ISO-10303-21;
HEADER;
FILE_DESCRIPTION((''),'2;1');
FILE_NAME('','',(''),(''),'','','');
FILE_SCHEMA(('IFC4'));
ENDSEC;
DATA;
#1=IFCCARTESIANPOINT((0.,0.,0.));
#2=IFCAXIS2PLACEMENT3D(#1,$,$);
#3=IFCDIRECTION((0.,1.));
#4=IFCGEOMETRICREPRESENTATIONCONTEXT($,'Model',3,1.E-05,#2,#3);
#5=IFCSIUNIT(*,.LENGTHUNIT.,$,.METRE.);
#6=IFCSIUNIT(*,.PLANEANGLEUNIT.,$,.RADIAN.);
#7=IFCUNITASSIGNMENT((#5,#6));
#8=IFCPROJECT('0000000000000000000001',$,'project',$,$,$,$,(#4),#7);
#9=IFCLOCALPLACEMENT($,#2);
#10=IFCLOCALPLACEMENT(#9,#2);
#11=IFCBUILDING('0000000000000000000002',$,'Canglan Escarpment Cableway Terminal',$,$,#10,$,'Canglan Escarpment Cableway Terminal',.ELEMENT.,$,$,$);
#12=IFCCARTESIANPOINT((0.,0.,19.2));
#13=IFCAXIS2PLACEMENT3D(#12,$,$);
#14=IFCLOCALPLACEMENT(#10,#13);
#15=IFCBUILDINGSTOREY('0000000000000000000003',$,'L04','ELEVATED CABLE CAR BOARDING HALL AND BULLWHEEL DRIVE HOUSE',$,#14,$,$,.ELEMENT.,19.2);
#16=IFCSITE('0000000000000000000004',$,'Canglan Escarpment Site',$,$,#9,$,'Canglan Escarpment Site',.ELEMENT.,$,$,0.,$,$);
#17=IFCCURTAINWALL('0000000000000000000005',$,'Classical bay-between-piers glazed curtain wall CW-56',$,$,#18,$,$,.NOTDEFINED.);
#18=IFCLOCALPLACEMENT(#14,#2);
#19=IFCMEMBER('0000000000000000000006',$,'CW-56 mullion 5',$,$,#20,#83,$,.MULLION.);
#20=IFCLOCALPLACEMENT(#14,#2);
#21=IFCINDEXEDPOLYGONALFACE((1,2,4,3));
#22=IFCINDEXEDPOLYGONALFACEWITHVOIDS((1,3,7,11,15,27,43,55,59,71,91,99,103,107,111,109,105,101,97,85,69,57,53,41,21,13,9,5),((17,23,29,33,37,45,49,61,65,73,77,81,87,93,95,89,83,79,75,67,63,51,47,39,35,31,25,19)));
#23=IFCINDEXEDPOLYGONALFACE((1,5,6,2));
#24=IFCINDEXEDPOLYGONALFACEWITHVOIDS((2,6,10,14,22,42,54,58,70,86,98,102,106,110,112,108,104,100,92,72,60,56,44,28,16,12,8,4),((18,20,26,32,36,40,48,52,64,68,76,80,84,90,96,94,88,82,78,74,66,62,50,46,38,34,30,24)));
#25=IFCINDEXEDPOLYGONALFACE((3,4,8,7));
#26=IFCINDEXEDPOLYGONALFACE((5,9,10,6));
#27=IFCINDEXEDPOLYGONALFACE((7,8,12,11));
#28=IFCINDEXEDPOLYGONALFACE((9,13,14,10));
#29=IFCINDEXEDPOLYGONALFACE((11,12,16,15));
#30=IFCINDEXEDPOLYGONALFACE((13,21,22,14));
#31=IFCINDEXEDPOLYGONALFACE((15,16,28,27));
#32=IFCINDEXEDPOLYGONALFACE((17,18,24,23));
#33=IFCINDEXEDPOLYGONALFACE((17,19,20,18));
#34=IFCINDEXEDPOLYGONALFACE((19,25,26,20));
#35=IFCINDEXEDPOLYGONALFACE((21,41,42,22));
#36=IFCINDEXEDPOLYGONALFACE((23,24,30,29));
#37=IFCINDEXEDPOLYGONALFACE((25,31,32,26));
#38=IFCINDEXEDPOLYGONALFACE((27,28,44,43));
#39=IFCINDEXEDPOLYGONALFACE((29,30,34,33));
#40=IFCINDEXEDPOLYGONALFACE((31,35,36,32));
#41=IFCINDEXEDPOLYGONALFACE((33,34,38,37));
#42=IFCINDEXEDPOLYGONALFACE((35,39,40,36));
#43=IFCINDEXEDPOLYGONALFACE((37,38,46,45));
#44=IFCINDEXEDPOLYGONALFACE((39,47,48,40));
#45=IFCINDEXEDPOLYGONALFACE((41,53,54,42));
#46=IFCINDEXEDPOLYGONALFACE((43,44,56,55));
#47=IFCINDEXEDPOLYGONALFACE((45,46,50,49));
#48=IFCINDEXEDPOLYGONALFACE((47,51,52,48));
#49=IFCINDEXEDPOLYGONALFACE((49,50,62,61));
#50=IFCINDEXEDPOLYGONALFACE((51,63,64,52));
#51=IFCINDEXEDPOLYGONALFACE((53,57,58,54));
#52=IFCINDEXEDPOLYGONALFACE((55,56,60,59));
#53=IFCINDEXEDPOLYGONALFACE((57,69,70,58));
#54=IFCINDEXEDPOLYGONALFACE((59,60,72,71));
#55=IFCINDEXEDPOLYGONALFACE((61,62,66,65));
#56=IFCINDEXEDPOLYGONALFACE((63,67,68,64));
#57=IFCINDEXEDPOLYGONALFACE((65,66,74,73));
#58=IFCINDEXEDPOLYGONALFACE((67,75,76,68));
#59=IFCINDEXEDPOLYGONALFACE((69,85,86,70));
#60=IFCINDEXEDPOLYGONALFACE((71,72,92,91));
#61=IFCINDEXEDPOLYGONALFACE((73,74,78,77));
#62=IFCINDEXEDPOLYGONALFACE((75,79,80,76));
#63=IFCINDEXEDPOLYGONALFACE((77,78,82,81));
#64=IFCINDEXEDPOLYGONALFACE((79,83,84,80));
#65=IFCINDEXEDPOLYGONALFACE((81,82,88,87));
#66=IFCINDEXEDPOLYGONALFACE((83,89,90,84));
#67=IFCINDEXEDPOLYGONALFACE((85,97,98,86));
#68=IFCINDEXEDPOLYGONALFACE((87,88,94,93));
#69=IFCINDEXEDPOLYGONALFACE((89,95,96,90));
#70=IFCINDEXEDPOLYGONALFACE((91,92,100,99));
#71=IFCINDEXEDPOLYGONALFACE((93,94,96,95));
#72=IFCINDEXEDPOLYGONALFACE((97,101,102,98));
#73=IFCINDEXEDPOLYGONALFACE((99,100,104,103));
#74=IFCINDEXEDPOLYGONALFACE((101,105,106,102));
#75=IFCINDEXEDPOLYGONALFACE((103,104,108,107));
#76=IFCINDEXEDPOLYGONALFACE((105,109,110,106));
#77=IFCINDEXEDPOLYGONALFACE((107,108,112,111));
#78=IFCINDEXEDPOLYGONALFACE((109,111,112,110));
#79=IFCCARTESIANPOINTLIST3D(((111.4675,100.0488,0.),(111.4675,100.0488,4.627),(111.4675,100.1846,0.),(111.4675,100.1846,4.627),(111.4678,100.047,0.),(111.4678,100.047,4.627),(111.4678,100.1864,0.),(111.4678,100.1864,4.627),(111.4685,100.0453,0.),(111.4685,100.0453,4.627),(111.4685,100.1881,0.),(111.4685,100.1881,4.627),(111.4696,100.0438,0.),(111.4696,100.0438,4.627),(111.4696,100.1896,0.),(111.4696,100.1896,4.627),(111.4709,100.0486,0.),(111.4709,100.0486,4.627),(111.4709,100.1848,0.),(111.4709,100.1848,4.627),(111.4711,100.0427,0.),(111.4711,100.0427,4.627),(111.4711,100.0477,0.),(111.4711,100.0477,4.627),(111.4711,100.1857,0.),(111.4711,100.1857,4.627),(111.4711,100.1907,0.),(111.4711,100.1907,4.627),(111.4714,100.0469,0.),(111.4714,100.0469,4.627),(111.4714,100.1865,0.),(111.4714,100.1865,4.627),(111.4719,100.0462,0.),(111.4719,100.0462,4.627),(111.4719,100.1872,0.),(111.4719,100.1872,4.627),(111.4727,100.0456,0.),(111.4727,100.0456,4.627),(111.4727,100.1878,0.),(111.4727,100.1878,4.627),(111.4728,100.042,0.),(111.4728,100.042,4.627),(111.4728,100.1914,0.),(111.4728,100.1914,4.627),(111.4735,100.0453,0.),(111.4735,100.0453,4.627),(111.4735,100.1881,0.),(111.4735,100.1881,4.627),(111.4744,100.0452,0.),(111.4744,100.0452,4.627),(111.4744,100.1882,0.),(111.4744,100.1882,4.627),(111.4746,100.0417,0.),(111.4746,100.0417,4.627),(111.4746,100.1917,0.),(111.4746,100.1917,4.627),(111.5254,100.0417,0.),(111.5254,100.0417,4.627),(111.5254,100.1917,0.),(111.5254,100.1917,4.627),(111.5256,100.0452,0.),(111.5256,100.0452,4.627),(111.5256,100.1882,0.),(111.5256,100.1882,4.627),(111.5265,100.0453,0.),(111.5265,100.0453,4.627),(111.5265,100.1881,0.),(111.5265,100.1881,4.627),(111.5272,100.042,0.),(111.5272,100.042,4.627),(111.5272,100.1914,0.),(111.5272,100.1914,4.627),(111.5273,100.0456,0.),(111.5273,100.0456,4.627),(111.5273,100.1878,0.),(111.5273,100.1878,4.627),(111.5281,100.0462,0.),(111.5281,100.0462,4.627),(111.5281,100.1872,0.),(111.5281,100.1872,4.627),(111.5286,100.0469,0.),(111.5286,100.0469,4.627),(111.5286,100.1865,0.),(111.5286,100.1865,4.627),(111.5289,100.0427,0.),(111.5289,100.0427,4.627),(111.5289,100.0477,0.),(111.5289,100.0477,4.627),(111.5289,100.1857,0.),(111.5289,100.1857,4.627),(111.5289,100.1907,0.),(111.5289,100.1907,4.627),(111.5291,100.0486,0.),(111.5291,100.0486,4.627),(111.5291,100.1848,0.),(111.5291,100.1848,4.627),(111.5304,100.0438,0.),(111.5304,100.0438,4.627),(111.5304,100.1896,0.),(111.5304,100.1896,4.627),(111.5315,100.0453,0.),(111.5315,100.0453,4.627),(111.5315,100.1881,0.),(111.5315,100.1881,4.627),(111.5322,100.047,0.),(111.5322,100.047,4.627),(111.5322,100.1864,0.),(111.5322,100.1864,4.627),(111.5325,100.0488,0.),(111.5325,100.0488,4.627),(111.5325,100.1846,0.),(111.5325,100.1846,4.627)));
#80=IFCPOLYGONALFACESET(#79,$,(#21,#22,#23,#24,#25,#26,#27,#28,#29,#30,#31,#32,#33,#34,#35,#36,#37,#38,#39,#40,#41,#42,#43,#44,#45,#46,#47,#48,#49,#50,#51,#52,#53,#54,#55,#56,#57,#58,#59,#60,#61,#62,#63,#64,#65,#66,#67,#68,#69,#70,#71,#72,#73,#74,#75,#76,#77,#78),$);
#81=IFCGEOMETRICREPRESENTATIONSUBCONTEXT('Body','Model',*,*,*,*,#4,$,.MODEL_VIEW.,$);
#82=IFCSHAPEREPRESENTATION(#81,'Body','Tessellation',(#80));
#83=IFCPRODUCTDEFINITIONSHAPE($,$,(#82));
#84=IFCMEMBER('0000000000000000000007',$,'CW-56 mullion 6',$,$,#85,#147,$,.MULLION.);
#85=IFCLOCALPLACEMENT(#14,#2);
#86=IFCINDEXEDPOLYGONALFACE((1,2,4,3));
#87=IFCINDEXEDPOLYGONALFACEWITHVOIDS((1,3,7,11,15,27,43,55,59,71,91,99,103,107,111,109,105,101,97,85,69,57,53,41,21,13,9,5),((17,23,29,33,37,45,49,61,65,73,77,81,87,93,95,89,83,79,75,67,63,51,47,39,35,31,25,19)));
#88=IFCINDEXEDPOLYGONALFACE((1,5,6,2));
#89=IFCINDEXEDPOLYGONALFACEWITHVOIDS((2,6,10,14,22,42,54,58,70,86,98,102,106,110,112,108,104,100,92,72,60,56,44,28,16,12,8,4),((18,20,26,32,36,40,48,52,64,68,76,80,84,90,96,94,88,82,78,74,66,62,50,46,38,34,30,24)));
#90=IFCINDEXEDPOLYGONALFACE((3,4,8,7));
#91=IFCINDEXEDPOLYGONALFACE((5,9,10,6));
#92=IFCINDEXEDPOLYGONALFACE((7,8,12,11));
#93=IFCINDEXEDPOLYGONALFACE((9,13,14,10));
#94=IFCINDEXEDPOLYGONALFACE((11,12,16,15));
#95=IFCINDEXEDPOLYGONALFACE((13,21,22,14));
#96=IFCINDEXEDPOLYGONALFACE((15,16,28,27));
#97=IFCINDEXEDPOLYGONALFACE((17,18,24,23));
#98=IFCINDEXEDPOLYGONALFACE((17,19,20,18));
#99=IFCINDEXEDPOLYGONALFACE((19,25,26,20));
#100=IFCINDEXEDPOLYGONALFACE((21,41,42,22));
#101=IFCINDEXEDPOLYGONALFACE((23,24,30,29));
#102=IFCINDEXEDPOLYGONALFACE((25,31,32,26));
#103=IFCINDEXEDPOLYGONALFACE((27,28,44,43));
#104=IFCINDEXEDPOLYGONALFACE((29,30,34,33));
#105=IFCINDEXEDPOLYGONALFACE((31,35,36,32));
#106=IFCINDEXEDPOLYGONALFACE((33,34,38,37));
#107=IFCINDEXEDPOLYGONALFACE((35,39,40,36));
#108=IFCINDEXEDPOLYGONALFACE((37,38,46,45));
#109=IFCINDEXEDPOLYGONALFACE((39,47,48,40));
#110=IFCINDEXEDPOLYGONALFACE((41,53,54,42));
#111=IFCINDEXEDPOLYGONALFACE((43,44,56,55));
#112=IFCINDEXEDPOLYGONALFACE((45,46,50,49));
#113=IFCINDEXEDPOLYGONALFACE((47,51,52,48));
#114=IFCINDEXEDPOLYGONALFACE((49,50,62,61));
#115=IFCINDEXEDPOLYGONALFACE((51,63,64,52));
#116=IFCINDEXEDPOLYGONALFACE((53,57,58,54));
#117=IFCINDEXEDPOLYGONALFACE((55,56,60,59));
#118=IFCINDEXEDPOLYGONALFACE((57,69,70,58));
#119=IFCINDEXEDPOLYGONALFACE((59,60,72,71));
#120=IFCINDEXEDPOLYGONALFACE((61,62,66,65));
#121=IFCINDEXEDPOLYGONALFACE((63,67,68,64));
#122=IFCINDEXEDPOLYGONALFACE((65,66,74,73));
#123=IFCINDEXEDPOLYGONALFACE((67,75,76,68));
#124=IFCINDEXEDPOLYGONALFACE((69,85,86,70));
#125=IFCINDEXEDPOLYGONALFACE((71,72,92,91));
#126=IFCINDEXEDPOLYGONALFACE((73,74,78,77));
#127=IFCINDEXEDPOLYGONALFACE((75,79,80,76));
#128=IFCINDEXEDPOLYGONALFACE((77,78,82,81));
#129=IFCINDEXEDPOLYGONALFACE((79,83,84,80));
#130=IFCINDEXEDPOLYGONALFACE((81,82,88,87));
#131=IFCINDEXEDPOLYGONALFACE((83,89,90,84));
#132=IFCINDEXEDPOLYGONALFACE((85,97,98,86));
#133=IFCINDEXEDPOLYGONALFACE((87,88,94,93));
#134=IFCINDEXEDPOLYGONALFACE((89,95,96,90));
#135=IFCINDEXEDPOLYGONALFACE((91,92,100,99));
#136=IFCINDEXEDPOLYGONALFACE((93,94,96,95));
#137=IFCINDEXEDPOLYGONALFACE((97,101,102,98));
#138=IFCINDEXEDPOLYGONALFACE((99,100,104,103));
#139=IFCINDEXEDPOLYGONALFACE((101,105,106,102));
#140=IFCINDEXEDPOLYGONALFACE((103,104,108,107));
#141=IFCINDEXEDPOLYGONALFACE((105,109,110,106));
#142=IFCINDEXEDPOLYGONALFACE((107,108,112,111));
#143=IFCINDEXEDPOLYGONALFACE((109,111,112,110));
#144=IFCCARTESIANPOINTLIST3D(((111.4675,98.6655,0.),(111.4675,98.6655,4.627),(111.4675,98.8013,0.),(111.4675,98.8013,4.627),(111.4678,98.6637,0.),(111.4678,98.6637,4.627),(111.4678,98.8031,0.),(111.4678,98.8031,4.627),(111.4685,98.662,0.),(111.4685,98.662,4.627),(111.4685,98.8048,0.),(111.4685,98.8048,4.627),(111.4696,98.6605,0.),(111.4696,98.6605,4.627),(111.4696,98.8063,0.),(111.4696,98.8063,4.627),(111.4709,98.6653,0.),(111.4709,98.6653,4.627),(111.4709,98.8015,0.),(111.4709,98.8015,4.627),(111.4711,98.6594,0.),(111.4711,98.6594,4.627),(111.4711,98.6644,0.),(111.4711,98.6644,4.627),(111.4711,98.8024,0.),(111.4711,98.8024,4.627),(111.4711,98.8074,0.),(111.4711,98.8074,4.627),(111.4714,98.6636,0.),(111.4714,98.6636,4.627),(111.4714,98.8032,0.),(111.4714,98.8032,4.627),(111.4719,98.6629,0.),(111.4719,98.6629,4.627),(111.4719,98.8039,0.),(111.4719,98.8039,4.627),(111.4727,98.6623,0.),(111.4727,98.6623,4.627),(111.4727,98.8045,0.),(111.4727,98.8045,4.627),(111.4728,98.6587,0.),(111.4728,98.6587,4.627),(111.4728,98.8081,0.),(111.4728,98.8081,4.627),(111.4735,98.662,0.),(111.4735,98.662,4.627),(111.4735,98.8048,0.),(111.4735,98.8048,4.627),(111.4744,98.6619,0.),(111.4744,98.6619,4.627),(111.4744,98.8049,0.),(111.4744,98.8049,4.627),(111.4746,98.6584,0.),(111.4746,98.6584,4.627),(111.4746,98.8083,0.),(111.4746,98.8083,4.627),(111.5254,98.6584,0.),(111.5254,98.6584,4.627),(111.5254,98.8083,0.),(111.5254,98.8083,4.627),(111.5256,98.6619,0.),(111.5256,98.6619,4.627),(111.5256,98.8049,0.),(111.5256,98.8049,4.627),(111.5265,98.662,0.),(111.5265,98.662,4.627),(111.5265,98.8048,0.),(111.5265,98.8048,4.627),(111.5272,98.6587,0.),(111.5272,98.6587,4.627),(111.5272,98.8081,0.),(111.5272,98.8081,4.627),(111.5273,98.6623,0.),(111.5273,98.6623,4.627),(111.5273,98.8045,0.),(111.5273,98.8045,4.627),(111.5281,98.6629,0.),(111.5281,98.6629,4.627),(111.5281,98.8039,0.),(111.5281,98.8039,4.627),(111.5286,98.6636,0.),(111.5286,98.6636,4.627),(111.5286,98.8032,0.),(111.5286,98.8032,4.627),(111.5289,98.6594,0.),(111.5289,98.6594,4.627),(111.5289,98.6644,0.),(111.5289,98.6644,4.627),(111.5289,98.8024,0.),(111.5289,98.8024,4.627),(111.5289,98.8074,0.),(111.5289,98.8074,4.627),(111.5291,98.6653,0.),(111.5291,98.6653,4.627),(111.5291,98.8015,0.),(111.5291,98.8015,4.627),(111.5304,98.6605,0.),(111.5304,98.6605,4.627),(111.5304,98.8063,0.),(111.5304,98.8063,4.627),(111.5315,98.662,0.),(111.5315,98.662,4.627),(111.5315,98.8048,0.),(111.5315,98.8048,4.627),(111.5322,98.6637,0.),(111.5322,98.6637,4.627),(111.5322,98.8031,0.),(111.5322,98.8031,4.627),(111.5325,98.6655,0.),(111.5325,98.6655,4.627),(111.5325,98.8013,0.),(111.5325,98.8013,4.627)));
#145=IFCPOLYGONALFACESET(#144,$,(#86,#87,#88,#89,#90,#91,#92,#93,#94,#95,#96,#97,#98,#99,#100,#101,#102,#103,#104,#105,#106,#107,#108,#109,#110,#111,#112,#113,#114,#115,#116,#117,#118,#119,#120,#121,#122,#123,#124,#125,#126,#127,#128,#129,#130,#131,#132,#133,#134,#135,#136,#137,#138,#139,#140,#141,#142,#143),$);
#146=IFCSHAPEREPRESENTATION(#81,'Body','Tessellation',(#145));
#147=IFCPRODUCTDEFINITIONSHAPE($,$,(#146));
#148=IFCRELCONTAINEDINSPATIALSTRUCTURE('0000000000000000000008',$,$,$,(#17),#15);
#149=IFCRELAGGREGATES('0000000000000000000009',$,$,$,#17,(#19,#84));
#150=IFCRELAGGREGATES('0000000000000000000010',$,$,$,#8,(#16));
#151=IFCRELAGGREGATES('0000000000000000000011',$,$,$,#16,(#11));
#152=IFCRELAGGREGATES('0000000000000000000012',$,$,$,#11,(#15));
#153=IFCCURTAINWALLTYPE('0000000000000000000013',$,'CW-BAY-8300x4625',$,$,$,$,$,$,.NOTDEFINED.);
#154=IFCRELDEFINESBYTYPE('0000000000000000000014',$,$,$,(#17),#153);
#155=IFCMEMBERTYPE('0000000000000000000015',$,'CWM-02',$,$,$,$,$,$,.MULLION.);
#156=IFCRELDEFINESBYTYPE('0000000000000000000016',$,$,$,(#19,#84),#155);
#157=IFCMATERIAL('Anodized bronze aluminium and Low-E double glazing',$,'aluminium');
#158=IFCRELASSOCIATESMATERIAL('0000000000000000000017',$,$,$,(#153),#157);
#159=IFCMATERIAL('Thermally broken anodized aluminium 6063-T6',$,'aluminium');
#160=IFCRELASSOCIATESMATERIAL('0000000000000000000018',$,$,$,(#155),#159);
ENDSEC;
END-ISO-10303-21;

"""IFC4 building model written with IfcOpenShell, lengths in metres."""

from ifc_helpers import new_model, si_unit, direction, frame, origin, origin_2d, place, context, subcontext, project, spatial, hollow_rectangle, extrude, material, material_profile, profile_set, type_object, element, aggregate, save


model = new_model("IFC4")

# Units and contexts
model_context = context("Model", 3, precision=1e-05, world=origin(), true_north=direction((0.0, 1.0)))
body_context = subcontext(model_context, "Body", "Model", "MODEL_VIEW")
ifc_project = project(units=[si_unit("LENGTHUNIT", "METRE"), si_unit("PLANEANGLEUNIT", "RADIAN")], contexts=[model_context])

# Site, building, storey
site_placement = place(None, origin())
site = spatial("IfcSite", under=ifc_project, at=site_placement, Name="Canglan Escarpment Site", LongName="Canglan Escarpment Site", CompositionType="ELEMENT", RefElevation=0.0)
building_placement = place(site_placement, origin())
building = spatial("IfcBuilding", under=site, at=building_placement, Name="Canglan Escarpment Cableway Terminal", LongName="Canglan Escarpment Cableway Terminal", CompositionType="ELEMENT")
storey_placement = place(building_placement, frame((0.0, 0.0, 19.2)))
storey = spatial("IfcBuildingStorey", under=building, at=storey_placement, Name="L04", Description="ELEVATED CABLE CAR BOARDING HALL AND BULLWHEEL DRIVE HOUSE", CompositionType="ELEMENT", Elevation=19.2)

# Curtain wall, members
ifc_material_1 = material(Name="Anodized bronze aluminium and Low-E double glazing", Category="aluminium")
ifc_material_2 = material(Name="Thermally broken anodized aluminium 6063-T6", Category="aluminium")
curtain_wall_type_1 = type_object("IfcCurtainWallType", Name="CW-BAY-8300x4625", PredefinedType="NOTDEFINED", material=ifc_material_1)
curtain_wall_1_placement = place(storey_placement, origin())
curtain_wall_1 = element("IfcCurtainWall", 1, at=curtain_wall_1_placement, inside=storey, type_object=curtain_wall_type_1, Name="Classical bay-between-piers glazed curtain wall CW-56", PredefinedType="NOTDEFINED")
ifc_material_profile_1 = material_profile(ifc_material_2, hollow_rectangle(XDim=0.0649, YDim=0.1499, WallThickness=0.0034, InnerFilletRadius=0.0034, OuterFilletRadius=0.0071, at=origin_2d()), Name="ALU-MULL 65x150x3.5")
ifc_profile_set_1 = profile_set([ifc_material_profile_1], Name="Thermally broken anodized aluminium 6063-T6")
member_type_1 = type_object("IfcMemberType", Name="CWM-02", PredefinedType="MULLION", material=ifc_profile_set_1)
member_1_placement = place(storey_placement, frame((111.5, 100.1167, 0.0), z_axis=(0.0, 0.0, 1.0), x_axis=(1.0, 0.0, 0.0)))
member_1 = element("IfcMember", 2, at=member_1_placement, type_object=member_type_1, Name="CW-56 mullion 5", PredefinedType="MULLION", context=body_context, shape_type="SweptSolid", body=[
    extrude(hollow_rectangle(XDim=0.0649, YDim=0.1499, WallThickness=0.0034, InnerFilletRadius=0.0034, OuterFilletRadius=0.0071, at=origin_2d()), origin(), (0.0, 0.0, 1.0), 4.627),
])
member_2_placement = place(storey_placement, frame((111.5, 98.7334, 0.0), z_axis=(0.0, 0.0, 1.0), x_axis=(1.0, 0.0, 0.0)))
member_2 = element("IfcMember", 3, at=member_2_placement, type_object=member_type_1, Name="CW-56 mullion 6", PredefinedType="MULLION", context=body_context, shape_type="SweptSolid", body=[
    extrude(hollow_rectangle(XDim=0.0649, YDim=0.1499, WallThickness=0.0034, InnerFilletRadius=0.0034, OuterFilletRadius=0.0071, at=origin_2d()), origin(), (0.0, 0.0, 1.0), 4.627),
])

aggregate(curtain_wall_1, [member_1, member_2])

save(model, "model.ifc")
